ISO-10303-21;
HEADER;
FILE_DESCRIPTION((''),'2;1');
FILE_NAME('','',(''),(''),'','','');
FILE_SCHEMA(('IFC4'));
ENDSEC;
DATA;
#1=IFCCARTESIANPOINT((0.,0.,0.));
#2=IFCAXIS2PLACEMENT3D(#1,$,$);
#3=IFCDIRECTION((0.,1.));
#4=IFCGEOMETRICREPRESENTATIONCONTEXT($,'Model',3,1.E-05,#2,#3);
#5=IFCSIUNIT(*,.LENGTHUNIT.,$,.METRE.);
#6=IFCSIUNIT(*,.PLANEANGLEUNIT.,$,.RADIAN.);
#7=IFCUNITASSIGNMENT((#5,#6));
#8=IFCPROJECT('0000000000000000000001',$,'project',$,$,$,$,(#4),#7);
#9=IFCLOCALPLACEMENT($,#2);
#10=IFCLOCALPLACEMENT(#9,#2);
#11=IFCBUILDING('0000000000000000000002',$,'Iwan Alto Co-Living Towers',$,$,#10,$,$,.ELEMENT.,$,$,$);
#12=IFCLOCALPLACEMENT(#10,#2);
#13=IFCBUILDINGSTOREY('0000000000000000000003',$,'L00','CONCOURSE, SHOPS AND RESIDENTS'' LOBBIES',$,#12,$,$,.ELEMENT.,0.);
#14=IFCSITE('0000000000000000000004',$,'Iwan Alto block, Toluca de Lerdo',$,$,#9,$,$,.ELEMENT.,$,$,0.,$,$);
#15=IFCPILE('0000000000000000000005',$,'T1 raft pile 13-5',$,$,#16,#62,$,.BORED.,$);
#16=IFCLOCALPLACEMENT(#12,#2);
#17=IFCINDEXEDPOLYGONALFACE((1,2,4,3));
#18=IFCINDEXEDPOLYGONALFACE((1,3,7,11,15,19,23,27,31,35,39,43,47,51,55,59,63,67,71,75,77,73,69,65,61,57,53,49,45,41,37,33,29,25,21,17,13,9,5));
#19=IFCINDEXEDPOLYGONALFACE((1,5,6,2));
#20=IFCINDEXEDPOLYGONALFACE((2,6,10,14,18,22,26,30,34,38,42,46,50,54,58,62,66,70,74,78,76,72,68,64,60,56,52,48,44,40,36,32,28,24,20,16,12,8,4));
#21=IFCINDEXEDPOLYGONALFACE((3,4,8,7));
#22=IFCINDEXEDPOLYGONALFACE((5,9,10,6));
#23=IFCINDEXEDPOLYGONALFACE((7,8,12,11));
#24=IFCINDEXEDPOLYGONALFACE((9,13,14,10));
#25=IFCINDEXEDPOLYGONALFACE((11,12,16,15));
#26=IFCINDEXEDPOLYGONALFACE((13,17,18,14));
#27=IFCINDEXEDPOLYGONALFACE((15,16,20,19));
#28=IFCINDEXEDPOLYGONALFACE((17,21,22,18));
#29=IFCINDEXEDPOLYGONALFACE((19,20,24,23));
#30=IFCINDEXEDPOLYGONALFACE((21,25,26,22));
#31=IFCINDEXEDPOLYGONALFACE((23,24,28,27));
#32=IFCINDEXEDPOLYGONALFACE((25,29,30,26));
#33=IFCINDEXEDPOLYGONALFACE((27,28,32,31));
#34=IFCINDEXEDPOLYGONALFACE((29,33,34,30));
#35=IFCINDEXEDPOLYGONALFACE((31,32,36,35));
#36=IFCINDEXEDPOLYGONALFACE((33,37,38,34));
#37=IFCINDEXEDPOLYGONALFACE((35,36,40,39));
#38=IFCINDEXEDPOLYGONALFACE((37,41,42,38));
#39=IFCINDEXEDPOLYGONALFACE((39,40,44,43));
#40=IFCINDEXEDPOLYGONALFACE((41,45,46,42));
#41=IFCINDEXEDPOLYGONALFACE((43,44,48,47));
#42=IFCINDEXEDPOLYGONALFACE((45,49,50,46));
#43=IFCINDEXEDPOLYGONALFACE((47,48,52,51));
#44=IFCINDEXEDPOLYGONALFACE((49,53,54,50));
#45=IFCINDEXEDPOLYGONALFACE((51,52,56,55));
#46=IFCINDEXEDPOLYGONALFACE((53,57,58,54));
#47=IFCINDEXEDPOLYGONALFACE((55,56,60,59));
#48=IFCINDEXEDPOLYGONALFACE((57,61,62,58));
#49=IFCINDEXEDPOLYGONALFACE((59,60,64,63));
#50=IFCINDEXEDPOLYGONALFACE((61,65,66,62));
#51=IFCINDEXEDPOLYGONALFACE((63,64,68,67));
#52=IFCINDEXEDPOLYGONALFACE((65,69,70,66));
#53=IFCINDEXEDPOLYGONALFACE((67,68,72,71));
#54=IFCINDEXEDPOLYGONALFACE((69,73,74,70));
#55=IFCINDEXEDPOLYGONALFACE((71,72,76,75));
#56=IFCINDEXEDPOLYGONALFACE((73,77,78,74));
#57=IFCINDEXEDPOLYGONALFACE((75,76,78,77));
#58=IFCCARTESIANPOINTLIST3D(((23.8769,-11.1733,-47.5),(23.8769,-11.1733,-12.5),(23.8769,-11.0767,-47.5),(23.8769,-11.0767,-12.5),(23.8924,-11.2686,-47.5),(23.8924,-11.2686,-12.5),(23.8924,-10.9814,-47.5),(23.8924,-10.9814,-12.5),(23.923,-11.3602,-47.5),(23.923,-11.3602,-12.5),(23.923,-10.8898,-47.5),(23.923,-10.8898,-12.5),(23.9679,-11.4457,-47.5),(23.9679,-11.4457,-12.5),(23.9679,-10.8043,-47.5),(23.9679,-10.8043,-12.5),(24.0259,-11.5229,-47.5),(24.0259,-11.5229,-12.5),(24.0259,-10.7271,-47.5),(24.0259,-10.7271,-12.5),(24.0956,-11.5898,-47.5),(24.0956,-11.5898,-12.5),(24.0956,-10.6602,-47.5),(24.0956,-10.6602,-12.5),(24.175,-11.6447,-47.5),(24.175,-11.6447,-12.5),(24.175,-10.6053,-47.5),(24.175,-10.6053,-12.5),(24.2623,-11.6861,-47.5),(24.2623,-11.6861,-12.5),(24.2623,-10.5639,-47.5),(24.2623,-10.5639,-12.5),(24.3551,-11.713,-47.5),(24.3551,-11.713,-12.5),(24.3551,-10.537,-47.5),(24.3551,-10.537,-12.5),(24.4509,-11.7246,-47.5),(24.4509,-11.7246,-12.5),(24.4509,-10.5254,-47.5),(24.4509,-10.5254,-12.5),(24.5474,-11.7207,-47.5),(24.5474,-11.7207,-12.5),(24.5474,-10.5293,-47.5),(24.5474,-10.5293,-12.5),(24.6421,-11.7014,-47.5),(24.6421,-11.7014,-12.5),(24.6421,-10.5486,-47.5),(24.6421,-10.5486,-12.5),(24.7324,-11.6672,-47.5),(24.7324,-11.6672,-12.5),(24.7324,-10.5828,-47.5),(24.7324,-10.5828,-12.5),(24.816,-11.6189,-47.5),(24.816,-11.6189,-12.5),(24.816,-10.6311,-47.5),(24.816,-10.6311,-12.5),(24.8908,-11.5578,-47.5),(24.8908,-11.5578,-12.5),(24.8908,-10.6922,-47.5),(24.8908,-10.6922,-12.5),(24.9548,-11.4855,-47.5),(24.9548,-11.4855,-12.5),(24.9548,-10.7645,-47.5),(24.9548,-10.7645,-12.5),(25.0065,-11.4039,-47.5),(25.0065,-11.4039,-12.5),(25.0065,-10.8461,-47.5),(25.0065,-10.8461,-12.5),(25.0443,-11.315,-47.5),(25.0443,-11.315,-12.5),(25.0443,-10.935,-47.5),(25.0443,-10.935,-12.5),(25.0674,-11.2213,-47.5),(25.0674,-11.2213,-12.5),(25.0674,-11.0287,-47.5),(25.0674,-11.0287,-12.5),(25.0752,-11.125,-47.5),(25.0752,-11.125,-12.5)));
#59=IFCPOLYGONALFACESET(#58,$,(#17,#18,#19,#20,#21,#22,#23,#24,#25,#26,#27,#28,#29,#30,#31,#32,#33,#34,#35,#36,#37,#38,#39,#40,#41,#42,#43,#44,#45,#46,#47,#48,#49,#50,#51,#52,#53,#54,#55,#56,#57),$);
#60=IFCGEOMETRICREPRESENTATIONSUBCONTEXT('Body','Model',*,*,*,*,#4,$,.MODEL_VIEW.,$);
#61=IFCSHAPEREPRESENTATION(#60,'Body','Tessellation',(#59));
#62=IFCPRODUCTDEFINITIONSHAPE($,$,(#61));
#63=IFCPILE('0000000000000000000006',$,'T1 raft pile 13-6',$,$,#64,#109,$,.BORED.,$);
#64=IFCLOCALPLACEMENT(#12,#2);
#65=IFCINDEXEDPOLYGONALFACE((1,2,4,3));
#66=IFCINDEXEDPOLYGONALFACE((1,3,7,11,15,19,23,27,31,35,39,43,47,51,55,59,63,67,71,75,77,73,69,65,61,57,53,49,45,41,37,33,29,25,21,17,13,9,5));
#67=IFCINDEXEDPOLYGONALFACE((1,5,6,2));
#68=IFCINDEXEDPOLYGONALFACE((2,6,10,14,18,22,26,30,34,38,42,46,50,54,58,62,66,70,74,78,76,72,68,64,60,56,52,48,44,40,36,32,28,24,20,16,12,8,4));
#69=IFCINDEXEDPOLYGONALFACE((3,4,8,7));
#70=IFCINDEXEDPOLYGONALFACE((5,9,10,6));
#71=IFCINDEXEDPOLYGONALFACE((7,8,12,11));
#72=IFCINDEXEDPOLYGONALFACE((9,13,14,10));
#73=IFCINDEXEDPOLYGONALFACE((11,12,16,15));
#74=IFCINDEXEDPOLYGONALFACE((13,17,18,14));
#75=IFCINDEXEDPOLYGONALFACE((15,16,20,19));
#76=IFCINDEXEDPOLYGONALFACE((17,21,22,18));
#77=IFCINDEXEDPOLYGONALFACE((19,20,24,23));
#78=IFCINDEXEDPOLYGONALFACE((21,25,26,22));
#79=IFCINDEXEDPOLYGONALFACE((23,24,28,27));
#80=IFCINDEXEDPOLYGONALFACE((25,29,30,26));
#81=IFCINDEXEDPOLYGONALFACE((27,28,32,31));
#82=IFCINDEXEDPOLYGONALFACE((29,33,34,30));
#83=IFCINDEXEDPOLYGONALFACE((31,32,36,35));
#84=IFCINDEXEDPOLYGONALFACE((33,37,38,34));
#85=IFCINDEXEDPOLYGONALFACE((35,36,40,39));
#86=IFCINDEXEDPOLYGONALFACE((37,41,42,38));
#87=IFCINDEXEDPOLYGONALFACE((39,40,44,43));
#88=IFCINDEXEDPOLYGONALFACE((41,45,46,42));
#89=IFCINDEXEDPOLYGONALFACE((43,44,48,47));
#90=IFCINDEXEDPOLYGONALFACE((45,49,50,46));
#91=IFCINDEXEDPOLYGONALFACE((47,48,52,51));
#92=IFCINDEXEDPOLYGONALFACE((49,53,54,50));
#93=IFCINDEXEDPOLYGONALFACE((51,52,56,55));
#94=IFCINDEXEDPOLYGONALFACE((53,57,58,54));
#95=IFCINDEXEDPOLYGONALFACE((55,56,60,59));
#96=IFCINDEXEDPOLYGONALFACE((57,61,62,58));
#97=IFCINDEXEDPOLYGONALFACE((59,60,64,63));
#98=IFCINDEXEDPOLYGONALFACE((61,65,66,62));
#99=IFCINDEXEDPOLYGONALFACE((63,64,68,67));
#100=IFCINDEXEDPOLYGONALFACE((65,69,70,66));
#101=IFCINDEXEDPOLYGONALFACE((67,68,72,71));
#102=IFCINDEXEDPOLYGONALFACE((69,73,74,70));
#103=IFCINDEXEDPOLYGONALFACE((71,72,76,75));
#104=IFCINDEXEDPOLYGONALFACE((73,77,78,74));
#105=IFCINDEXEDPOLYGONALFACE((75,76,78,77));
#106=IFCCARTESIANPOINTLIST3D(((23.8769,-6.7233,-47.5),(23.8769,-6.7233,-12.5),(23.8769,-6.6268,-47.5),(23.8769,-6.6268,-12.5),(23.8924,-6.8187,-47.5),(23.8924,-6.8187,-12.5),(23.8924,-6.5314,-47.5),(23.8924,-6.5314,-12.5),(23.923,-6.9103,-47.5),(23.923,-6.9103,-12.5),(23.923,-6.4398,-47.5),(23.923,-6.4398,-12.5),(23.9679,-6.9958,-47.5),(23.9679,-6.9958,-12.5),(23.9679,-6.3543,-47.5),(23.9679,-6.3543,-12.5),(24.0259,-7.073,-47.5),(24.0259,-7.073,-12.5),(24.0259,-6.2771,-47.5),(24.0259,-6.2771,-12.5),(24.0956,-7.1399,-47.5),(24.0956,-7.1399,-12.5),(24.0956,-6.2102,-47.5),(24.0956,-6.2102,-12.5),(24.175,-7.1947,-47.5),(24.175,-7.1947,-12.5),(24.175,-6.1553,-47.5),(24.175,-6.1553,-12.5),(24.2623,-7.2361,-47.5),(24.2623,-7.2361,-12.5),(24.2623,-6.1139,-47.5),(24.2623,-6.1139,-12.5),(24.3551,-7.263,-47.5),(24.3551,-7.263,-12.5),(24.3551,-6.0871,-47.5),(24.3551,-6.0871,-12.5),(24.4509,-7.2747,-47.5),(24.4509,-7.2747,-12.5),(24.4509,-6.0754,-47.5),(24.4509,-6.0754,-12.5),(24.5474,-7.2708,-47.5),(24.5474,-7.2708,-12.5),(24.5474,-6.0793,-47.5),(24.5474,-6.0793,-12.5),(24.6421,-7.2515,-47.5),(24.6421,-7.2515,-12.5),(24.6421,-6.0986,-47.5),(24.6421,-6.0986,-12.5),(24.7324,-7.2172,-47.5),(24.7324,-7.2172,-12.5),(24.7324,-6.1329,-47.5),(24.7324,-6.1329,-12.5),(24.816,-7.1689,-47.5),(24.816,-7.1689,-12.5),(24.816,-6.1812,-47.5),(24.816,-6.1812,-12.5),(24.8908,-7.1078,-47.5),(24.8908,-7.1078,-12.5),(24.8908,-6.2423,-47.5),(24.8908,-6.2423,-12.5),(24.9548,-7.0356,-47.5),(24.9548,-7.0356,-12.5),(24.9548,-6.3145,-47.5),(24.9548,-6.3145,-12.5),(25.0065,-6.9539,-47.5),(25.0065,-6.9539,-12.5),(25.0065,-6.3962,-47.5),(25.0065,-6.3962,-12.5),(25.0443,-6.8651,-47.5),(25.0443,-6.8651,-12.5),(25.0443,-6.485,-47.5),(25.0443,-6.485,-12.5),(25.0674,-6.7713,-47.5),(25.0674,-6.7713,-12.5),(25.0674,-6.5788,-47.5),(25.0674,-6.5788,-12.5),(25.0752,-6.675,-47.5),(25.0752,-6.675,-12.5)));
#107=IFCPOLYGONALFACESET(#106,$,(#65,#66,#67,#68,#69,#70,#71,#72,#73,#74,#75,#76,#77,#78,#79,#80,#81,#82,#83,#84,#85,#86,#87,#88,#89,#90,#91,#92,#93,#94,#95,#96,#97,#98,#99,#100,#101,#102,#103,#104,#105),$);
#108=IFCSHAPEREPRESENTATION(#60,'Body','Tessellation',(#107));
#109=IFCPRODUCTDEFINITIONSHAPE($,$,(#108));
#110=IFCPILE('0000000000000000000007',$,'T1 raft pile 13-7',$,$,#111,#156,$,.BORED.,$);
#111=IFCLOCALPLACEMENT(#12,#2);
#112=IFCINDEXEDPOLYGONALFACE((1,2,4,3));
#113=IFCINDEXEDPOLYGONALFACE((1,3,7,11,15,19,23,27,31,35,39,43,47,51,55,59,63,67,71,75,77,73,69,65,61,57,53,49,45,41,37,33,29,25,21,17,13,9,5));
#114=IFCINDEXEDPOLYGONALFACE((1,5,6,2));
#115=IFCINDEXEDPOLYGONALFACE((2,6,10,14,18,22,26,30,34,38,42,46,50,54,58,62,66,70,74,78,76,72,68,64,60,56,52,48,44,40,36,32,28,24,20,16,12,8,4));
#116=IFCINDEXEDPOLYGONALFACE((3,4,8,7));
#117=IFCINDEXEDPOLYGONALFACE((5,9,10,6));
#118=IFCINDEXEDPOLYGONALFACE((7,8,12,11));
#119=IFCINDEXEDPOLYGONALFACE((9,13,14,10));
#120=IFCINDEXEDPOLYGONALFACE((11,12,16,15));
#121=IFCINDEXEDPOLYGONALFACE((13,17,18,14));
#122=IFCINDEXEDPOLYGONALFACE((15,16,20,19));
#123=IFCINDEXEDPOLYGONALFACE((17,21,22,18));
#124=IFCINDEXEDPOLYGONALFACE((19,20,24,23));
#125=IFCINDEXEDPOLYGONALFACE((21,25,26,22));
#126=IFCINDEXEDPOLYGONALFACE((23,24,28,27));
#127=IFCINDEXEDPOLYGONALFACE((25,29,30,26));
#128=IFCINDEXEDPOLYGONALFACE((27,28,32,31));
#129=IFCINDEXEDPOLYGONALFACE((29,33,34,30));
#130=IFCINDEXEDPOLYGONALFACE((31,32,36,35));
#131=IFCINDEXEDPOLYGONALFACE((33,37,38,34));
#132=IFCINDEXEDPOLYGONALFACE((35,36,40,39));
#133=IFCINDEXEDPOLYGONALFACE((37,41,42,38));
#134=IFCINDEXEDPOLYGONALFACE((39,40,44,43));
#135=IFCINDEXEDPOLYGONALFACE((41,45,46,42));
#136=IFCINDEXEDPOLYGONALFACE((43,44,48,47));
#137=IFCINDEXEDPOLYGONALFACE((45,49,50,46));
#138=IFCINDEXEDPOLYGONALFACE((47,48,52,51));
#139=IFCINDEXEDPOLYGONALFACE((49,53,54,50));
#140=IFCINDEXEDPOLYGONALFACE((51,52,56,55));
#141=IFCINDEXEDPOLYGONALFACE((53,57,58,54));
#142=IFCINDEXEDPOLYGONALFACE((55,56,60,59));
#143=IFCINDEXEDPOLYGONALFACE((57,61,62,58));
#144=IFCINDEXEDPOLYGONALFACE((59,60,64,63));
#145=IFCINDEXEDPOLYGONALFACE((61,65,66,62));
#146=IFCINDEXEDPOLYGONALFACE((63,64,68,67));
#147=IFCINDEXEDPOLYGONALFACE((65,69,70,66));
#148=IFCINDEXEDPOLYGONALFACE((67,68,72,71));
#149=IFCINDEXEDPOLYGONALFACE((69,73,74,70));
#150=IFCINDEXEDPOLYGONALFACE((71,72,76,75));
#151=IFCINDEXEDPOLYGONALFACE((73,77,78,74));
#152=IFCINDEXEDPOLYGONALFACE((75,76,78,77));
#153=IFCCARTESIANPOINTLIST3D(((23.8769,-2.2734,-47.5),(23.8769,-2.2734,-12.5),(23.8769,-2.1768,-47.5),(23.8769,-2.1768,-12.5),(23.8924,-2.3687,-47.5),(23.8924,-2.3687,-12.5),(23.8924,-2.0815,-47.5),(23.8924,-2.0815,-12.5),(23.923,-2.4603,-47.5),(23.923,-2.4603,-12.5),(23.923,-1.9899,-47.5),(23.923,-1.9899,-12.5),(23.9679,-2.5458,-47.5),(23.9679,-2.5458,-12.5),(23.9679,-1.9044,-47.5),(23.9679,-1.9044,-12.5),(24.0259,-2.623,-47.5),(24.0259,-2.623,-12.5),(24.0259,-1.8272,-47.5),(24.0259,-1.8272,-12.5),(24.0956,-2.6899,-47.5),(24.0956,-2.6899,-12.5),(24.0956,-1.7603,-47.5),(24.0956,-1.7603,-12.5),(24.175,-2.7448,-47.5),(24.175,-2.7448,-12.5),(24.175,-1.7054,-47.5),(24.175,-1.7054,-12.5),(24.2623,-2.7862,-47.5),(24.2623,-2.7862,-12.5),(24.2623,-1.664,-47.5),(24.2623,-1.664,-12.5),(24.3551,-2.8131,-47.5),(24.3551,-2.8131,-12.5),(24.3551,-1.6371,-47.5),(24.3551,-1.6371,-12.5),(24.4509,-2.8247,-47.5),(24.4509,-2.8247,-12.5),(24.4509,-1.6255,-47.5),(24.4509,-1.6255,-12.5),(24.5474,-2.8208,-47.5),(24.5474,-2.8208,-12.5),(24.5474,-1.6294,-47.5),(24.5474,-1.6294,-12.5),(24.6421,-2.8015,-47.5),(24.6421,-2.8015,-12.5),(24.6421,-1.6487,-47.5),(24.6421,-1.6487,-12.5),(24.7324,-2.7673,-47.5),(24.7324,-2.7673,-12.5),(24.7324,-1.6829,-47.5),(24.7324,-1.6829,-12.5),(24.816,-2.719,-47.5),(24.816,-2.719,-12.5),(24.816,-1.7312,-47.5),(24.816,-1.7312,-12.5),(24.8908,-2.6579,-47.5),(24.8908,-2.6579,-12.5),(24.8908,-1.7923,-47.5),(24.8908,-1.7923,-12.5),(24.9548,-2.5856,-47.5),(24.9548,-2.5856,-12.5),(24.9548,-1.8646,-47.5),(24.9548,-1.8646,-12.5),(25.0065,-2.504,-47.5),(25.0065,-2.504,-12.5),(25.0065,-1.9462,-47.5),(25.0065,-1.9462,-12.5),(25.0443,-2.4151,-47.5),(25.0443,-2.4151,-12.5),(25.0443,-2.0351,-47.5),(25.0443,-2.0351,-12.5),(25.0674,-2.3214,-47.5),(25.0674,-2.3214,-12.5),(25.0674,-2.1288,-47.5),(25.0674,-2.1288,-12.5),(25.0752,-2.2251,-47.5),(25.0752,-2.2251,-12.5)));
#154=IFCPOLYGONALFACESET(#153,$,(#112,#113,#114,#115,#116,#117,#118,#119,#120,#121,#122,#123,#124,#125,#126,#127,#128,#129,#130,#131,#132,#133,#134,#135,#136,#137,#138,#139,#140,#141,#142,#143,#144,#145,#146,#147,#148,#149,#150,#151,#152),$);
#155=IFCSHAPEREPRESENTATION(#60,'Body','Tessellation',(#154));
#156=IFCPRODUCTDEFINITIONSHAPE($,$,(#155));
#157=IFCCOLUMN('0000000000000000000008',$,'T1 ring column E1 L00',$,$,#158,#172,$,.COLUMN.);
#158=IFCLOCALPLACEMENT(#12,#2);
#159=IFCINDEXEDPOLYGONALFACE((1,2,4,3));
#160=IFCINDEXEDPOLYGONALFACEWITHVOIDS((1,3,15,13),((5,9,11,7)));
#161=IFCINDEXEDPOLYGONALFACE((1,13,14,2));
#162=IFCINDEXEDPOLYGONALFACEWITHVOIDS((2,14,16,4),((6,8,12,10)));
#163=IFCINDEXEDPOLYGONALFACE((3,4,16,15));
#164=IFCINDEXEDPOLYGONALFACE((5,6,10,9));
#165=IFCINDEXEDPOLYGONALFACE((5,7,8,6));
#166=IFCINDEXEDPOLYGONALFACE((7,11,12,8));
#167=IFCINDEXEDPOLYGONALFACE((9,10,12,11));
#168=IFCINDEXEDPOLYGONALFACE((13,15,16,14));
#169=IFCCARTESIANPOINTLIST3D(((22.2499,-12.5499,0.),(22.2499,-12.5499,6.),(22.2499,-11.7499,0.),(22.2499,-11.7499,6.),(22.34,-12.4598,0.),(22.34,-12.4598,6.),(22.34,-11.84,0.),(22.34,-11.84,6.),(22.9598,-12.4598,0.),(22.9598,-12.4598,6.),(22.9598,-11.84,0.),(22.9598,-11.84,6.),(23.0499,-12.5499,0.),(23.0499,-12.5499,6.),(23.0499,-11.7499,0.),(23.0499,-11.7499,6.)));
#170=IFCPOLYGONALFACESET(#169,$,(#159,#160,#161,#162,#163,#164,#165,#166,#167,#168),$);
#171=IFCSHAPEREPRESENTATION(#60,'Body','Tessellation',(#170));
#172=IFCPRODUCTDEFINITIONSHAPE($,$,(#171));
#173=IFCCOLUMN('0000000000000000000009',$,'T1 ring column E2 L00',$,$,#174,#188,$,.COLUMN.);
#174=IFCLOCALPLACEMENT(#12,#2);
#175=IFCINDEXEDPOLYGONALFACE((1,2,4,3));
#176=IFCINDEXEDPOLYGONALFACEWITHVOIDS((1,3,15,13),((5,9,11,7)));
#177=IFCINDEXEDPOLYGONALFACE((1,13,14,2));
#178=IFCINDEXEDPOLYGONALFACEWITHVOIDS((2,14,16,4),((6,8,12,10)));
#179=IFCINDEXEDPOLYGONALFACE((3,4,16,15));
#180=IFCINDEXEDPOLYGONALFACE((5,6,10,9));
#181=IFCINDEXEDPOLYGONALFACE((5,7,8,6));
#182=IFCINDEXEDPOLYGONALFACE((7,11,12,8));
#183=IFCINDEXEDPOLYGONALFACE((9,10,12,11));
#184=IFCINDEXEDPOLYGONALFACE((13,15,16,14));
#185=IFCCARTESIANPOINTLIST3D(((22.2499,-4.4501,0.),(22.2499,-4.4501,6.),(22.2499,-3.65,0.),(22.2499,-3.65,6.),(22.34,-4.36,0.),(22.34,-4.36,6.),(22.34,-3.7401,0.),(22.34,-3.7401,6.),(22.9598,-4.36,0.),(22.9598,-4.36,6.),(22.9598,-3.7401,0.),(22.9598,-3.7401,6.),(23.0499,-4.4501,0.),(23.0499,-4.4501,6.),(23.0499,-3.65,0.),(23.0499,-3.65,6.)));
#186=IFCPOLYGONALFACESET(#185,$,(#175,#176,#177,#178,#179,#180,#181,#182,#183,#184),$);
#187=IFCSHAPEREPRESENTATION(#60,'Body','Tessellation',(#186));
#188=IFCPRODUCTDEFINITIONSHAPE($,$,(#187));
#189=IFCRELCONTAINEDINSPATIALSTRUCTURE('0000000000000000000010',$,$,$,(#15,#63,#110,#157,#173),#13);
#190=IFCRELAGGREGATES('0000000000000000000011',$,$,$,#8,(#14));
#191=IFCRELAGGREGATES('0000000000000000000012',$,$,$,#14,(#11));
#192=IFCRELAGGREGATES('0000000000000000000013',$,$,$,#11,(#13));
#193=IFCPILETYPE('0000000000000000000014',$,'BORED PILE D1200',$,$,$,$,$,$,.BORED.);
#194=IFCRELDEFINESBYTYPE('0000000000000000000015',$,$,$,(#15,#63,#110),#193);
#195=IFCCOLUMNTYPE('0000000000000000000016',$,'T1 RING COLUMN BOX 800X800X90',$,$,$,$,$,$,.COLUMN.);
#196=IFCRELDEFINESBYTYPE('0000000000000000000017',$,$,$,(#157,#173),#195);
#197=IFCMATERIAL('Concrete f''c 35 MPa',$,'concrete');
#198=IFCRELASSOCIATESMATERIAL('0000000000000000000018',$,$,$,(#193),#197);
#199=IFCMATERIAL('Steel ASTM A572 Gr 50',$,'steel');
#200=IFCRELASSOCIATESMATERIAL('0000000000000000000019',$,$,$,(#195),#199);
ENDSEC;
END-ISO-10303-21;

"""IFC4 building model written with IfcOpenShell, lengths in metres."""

from ifc_helpers import new_model, si_unit, direction, frame, origin, origin_2d, place, context, subcontext, project, spatial, hollow_rectangle, circle, extrude, material, material_profile, profile_set, type_object, element, save


model = new_model("IFC4")

# Units and contexts
model_context = context("Model", 3, precision=1e-05, world=origin(), true_north=direction((0.0, 1.0)))
body_context = subcontext(model_context, "Body", "Model", "MODEL_VIEW")
ifc_project = project(units=[si_unit("LENGTHUNIT", "METRE"), si_unit("PLANEANGLEUNIT", "RADIAN")], contexts=[model_context])

# Site, building, storey
site_placement = place(None, origin())
site = spatial("IfcSite", under=ifc_project, at=site_placement, Name="Iwan Alto block, Toluca de Lerdo", CompositionType="ELEMENT", RefElevation=0.0)
building_placement = place(site_placement, origin())
building = spatial("IfcBuilding", under=site, at=building_placement, Name="Iwan Alto Co-Living Towers", CompositionType="ELEMENT")
storey_placement = place(building_placement, origin())
storey = spatial("IfcBuildingStorey", under=building, at=storey_placement, Name="L00", Description="CONCOURSE, SHOPS AND RESIDENTS' LOBBIES", CompositionType="ELEMENT", Elevation=0.0)

# Piles
ifc_material_1 = material(Name="Concrete f'c 35 MPa", Category="concrete")
ifc_material_profile_1 = material_profile(ifc_material_1, circle(Radius=0.6001, at=origin_2d()), Name="D1200")
ifc_profile_set_1 = profile_set([ifc_material_profile_1], Name="Concrete f'c 35 MPa")
pile_type = type_object("IfcPileType", Name="BORED PILE D1200", PredefinedType="BORED", material=ifc_profile_set_1)
for number, where, z_axis, x_axis, name in (
    (1, (24.4751, -11.125, -12.5), (0.0, 0.0, -1.0), (1.0, 0.0, 0.0), "T1 raft pile 13-5"),
    (2, (24.4751, -6.675, -12.5), (0.0, 0.0, -1.0), (1.0, 0.0, 0.0), "T1 raft pile 13-6"),
    (3, (24.4751, -2.2251, -12.5), (0.0, 0.0, -1.0), (1.0, 0.0, 0.0), "T1 raft pile 13-7"),
):
    element("IfcPile", number, at=place(storey_placement, frame(where, z_axis=z_axis, x_axis=x_axis)), inside=storey, type_object=pile_type, Name=name, PredefinedType="BORED", context=body_context, shape_type="SweptSolid", body=[
        extrude(circle(Radius=0.6001, at=origin_2d()), origin(), (0.0, 0.0, 1.0), 35.0),
    ])

# Columns
ifc_material_2 = material(Name="Steel ASTM A572 Gr 50", Category="steel")
ifc_material_profile_2 = material_profile(ifc_material_2, hollow_rectangle(XDim=0.8, YDim=0.8, WallThickness=0.0901, at=origin_2d()), Name="BOX 800X800X90")
ifc_profile_set_2 = profile_set([ifc_material_profile_2], Name="Steel ASTM A572 Gr 50")
column_type = type_object("IfcColumnType", Name="T1 RING COLUMN BOX 800X800X90", PredefinedType="COLUMN", material=ifc_profile_set_2)
for number, where, z_axis, x_axis, name in (
    (4, (22.6499, -12.1499, 0.0), (0.0, 0.0, 1.0), (1.0, 0.0, 0.0), "T1 ring column E1 L00"),
    (5, (22.6499, -4.05, 0.0), (0.0, 0.0, 1.0), (1.0, 0.0, 0.0), "T1 ring column E2 L00"),
):
    element("IfcColumn", number, at=place(storey_placement, frame(where, z_axis=z_axis, x_axis=x_axis)), inside=storey, type_object=column_type, Name=name, PredefinedType="COLUMN", context=body_context, shape_type="SweptSolid", body=[
        extrude(hollow_rectangle(XDim=0.8, YDim=0.8, WallThickness=0.0901, at=origin_2d()), origin(), (0.0, 0.0, 1.0), 6.0),
    ])

save(model, "model.ifc")
